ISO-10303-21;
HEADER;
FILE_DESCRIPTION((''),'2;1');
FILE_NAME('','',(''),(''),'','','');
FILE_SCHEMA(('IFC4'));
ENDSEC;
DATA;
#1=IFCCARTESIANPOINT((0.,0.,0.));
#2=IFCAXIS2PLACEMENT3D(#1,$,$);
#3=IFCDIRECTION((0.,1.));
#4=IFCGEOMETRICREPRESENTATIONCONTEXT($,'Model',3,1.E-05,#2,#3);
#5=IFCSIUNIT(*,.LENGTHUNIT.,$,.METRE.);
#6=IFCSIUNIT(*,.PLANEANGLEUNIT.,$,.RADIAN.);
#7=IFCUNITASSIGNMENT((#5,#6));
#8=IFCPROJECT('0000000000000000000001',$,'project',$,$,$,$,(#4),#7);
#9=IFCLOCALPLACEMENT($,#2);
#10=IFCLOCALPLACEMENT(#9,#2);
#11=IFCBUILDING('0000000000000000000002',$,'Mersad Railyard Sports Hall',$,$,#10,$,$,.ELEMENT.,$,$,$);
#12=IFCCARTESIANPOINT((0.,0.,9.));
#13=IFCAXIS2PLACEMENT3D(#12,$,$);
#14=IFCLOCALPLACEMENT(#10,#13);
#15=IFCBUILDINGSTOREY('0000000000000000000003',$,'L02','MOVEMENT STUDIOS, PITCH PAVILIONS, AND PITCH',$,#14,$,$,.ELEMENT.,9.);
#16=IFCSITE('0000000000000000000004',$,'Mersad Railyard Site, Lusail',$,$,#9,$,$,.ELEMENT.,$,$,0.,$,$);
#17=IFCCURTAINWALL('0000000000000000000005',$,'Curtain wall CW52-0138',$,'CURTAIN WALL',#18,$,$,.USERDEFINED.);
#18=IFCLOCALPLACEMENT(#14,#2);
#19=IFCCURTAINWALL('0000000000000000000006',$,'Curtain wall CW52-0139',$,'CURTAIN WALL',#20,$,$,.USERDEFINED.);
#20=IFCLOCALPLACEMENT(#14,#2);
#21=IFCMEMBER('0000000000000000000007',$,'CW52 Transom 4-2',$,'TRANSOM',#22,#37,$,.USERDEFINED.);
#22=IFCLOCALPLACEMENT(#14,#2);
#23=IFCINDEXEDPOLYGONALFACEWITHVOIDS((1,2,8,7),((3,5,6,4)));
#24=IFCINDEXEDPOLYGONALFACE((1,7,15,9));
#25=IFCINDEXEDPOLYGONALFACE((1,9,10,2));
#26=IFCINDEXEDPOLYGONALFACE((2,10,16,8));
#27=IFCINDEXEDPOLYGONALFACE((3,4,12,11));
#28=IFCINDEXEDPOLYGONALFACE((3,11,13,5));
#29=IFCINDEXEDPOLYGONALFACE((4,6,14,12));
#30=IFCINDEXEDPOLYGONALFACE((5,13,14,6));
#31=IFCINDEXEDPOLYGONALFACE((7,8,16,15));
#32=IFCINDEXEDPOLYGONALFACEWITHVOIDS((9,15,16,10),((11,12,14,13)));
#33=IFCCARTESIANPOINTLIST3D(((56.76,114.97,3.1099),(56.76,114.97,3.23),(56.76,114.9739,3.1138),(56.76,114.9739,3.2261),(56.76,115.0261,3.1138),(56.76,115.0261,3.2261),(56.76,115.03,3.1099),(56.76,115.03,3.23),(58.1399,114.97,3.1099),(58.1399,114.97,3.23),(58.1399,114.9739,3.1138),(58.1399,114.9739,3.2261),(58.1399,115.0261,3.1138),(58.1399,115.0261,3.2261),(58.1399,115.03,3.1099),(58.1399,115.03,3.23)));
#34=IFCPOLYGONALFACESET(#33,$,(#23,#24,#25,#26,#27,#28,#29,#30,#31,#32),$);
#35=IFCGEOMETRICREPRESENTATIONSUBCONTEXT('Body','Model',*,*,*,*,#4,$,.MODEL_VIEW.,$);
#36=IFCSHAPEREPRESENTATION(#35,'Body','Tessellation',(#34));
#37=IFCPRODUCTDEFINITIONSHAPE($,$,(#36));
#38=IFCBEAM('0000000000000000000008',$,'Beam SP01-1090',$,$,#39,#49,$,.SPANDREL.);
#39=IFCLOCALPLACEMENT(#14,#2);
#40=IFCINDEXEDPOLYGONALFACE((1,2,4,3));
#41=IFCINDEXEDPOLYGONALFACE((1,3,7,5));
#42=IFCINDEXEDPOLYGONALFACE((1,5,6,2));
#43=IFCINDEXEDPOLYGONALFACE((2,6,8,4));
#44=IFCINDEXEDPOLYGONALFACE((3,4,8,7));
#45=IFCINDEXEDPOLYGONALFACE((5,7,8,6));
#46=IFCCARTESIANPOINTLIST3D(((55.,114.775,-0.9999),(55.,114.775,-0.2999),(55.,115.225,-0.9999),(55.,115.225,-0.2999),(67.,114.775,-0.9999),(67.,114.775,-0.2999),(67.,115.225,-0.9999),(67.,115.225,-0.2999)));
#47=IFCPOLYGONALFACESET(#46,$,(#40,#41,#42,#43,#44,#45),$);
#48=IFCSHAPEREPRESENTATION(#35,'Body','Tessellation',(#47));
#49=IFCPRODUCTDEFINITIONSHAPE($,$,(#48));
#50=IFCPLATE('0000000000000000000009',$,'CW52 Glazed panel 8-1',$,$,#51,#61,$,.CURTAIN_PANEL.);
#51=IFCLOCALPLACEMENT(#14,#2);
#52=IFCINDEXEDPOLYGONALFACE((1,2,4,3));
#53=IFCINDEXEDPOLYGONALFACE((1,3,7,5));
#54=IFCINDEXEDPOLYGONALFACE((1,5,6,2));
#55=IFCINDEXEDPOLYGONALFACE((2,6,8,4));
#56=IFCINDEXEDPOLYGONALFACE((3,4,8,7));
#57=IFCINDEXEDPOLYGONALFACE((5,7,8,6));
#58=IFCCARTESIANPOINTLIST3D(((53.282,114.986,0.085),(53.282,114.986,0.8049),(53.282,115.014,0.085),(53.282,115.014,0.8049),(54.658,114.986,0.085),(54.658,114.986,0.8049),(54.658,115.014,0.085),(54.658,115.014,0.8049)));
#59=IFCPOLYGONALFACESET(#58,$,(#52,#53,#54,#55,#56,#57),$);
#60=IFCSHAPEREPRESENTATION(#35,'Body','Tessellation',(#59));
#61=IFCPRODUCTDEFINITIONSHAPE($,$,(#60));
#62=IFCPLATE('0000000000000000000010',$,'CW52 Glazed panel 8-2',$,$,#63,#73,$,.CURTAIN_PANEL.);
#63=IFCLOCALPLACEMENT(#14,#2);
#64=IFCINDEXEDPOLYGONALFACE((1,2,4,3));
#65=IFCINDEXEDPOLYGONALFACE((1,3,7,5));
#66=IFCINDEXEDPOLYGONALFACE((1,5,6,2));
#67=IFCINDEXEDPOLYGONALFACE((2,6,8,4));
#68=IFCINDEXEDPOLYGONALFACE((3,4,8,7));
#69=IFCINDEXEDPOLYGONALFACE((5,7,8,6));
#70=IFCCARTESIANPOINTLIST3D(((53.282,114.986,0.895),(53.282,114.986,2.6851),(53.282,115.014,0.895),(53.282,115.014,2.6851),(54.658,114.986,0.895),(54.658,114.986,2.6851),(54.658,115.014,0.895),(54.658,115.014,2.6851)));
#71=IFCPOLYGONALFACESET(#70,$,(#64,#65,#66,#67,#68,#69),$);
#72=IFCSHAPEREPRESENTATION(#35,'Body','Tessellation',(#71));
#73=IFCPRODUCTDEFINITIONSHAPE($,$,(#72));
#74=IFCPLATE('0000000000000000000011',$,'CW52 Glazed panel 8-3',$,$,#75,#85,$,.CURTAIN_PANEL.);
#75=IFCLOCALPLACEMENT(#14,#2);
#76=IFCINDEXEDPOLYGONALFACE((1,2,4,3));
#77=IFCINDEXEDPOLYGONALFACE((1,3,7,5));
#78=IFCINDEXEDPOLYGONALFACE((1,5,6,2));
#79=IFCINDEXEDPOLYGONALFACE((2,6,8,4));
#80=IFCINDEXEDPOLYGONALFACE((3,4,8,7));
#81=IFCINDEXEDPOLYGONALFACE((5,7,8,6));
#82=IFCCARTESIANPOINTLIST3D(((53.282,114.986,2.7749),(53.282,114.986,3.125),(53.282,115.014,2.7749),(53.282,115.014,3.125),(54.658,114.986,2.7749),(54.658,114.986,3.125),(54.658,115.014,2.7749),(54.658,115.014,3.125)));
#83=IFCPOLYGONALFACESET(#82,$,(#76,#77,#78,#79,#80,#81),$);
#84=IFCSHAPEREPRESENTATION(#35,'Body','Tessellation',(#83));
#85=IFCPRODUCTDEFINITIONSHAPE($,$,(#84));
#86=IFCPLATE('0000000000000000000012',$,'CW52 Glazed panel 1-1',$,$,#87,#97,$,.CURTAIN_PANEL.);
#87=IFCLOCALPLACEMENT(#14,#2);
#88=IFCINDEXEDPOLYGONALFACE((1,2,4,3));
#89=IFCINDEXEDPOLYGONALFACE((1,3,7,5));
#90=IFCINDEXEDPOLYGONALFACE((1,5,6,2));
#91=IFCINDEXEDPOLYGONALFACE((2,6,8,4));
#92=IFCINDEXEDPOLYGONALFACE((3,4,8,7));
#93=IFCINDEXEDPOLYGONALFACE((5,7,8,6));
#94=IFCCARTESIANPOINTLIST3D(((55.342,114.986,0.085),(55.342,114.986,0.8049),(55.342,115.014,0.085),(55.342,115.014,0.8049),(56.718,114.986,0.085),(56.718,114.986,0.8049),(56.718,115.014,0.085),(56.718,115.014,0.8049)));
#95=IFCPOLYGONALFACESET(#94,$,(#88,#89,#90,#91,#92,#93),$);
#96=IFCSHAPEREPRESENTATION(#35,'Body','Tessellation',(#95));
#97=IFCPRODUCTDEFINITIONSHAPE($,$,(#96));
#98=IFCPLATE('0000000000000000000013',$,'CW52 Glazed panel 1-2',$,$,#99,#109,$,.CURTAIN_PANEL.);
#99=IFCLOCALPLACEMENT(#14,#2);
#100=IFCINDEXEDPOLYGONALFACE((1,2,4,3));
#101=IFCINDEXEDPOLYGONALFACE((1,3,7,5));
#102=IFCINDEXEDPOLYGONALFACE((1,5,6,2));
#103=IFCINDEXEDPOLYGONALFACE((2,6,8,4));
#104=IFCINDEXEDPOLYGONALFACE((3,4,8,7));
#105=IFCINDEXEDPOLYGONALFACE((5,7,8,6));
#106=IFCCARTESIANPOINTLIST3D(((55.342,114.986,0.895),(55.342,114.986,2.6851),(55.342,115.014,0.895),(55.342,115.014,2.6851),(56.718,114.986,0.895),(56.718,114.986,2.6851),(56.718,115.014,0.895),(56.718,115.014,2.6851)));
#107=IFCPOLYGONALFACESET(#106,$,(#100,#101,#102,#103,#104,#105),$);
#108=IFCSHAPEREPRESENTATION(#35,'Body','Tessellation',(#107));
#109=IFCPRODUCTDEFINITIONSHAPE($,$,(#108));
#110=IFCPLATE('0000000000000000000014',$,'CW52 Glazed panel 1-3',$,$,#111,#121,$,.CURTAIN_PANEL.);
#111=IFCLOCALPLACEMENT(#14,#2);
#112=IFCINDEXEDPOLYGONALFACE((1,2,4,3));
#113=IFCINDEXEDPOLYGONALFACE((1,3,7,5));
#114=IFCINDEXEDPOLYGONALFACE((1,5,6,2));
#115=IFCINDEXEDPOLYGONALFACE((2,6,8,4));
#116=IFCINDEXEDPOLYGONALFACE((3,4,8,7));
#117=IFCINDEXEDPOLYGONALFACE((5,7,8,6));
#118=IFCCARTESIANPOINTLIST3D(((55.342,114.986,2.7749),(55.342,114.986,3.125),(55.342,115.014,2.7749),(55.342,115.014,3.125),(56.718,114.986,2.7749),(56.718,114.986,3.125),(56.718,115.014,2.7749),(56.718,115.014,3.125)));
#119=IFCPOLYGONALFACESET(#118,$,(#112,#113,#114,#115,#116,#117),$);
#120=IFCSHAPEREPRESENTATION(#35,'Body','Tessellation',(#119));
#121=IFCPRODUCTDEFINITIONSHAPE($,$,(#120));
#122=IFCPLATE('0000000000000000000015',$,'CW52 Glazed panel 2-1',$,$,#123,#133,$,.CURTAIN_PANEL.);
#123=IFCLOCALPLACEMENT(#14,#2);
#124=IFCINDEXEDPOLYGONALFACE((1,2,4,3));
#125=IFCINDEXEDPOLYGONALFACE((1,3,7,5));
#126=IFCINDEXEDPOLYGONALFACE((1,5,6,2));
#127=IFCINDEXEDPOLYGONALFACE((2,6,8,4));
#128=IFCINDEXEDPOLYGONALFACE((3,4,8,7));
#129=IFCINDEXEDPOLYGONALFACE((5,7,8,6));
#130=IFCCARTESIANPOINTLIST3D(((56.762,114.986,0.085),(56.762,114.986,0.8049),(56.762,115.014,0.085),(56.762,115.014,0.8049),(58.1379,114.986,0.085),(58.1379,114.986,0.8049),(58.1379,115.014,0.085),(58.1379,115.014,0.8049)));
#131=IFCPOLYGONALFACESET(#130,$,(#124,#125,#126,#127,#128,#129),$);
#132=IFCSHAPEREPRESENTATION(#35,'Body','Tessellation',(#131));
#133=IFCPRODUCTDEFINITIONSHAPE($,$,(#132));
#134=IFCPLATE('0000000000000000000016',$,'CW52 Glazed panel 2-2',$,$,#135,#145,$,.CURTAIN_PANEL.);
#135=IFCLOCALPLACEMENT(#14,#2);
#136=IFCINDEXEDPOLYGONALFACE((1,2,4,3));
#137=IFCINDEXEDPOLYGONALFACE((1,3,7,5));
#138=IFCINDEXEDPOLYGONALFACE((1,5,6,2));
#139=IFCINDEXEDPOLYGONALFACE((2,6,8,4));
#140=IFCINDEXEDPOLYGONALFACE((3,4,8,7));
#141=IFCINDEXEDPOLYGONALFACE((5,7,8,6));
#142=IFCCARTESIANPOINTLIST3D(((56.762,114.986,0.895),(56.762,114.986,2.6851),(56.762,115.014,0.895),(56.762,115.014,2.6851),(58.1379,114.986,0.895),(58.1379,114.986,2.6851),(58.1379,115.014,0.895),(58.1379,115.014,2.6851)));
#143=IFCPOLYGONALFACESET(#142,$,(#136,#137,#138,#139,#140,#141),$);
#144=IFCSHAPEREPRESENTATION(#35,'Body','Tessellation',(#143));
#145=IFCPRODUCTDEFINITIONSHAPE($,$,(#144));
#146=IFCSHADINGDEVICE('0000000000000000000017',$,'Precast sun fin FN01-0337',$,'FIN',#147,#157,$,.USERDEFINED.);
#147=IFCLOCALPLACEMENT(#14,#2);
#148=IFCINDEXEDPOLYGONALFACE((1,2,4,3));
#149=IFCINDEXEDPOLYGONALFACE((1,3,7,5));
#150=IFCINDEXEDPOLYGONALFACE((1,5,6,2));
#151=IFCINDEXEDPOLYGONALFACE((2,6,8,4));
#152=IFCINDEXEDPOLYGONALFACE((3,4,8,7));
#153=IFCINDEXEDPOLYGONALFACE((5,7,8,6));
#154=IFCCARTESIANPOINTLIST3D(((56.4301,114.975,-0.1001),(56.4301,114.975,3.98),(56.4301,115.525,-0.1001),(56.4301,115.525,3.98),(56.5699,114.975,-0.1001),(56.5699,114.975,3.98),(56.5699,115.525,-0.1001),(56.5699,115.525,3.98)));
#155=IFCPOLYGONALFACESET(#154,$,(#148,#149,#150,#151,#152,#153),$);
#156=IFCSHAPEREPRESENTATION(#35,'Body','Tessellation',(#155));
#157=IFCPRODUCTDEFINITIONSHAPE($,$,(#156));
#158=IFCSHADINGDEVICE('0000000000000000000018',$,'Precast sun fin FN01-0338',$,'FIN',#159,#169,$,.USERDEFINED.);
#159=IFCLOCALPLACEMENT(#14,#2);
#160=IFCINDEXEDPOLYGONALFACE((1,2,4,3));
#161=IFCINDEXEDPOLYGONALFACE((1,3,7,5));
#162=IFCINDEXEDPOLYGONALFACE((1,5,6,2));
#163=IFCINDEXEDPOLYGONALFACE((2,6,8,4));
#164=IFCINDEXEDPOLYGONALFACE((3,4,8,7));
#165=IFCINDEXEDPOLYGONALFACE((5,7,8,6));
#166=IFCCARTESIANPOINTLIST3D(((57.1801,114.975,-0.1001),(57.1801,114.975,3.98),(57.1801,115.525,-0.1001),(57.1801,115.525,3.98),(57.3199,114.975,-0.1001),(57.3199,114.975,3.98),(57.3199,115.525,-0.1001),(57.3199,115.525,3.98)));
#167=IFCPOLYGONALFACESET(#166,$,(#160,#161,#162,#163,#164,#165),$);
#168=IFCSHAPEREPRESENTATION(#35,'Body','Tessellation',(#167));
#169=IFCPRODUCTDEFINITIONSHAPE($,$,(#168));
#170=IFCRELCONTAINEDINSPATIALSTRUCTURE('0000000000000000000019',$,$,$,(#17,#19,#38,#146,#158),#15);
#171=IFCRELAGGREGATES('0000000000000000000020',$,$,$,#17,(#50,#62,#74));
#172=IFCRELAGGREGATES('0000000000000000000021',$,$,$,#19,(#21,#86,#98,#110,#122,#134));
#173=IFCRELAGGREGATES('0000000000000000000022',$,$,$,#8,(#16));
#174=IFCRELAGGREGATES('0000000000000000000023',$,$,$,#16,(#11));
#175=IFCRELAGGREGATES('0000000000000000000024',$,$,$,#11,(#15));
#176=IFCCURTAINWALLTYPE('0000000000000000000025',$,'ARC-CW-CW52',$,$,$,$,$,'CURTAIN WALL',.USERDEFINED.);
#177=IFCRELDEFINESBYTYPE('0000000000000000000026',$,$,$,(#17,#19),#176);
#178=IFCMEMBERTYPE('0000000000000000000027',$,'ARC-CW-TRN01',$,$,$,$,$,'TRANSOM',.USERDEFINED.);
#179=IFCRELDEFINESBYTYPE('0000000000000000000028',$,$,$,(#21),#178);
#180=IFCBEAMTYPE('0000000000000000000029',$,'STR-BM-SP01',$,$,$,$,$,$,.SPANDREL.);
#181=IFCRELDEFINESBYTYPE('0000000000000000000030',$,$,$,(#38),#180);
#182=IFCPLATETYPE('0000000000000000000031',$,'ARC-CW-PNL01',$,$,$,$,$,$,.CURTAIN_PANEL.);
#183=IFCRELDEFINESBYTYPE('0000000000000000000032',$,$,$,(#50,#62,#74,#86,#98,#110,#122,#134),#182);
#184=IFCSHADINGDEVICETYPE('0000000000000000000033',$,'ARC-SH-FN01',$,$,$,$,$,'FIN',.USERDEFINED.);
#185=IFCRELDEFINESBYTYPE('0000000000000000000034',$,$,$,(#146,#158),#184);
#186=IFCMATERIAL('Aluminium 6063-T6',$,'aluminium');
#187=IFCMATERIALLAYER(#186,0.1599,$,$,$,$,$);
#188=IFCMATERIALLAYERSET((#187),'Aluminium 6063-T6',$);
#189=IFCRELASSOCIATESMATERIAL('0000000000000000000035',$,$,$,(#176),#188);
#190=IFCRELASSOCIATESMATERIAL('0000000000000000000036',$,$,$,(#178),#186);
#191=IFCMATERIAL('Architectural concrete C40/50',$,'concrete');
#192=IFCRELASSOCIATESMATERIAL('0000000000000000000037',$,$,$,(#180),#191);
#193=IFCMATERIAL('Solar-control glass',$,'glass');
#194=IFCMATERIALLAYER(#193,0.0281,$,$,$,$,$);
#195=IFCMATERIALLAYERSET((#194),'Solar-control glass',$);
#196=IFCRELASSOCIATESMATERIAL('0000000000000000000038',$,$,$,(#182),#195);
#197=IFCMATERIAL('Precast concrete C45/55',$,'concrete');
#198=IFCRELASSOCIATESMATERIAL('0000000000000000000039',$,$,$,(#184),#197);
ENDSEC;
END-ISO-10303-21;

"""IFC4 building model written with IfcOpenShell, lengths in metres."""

from ifc_helpers import new_model, si_unit, direction, frame, origin, origin_2d, place, context, subcontext, project, spatial, rectangle, hollow_rectangle, extrude, material, layer, layer_set, material_profile, profile_set, type_object, element, aggregate, save


model = new_model("IFC4")

# Units and contexts
model_context = context("Model", 3, precision=1e-05, world=origin(), true_north=direction((0.0, 1.0)))
body_context = subcontext(model_context, "Body", "Model", "MODEL_VIEW")
ifc_project = project(units=[si_unit("LENGTHUNIT", "METRE"), si_unit("PLANEANGLEUNIT", "RADIAN")], contexts=[model_context])

# Site, building, storey
site_placement = place(None, origin())
site = spatial("IfcSite", under=ifc_project, at=site_placement, Name="Mersad Railyard Site, Lusail", CompositionType="ELEMENT", RefElevation=0.0)
building_placement = place(site_placement, origin())
building = spatial("IfcBuilding", under=site, at=building_placement, Name="Mersad Railyard Sports Hall", CompositionType="ELEMENT")
storey_placement = place(building_placement, frame((0.0, 0.0, 9.0)))
storey = spatial("IfcBuildingStorey", under=building, at=storey_placement, Name="L02", Description="MOVEMENT STUDIOS, PITCH PAVILIONS, AND PITCH", CompositionType="ELEMENT", Elevation=9.0)

# Curtain wall
ifc_material_1 = material(Name="Aluminium 6063-T6", Category="aluminium")
ifc_layer_1 = layer(ifc_material_1, 0.1599)
ifc_layer_set_1 = layer_set([ifc_layer_1], Name="Aluminium 6063-T6")
curtain_wall_type = type_object("IfcCurtainWallType", Name="ARC-CW-CW52", ElementType="CURTAIN WALL", PredefinedType="USERDEFINED", material=ifc_layer_set_1)
curtain_wall_1_placement = place(storey_placement, origin())
curtain_wall_1 = element("IfcCurtainWall", 1, at=curtain_wall_1_placement, inside=storey, type_object=curtain_wall_type, Name="Curtain wall CW52-0138", ObjectType="CURTAIN WALL", PredefinedType="USERDEFINED")

# Curtain wall, member
curtain_wall_2_placement = place(storey_placement, origin())
curtain_wall_2 = element("IfcCurtainWall", 2, at=curtain_wall_2_placement, inside=storey, type_object=curtain_wall_type, Name="Curtain wall CW52-0139", ObjectType="CURTAIN WALL", PredefinedType="USERDEFINED")
ifc_material_profile_1 = material_profile(ifc_material_1, hollow_rectangle(XDim=0.0601, YDim=0.1201, WallThickness=0.0039, at=origin_2d()), Name="AL TRANSOM 60x120x4")
ifc_profile_set_1 = profile_set([ifc_material_profile_1], Name="Aluminium 6063-T6")
member_type_1 = type_object("IfcMemberType", Name="ARC-CW-TRN01", ElementType="TRANSOM", PredefinedType="USERDEFINED", material=ifc_profile_set_1)
member_1_placement = place(storey_placement, frame((56.76, 115.0, 3.1699), z_axis=(1.0, 0.0, 0.0), x_axis=(0.0, 1.0, 0.0)))
member_1 = element("IfcMember", 3, at=member_1_placement, type_object=member_type_1, Name="CW52 Transom 4-2", ObjectType="TRANSOM", PredefinedType="USERDEFINED", context=body_context, shape_type="SweptSolid", body=[
    extrude(hollow_rectangle(XDim=0.0601, YDim=0.1201, WallThickness=0.0039, at=origin_2d()), origin(), (0.0, 0.0, 1.0), 1.3799),
])

# Beam
ifc_material_2 = material(Name="Architectural concrete C40/50", Category="concrete")
ifc_material_profile_2 = material_profile(ifc_material_2, rectangle(XDim=0.45, YDim=0.7, at=origin_2d()), Name="RC 450x700")
ifc_profile_set_2 = profile_set([ifc_material_profile_2], Name="Architectural concrete C40/50")
beam_type = type_object("IfcBeamType", Name="STR-BM-SP01", PredefinedType="SPANDREL", material=ifc_profile_set_2)
beam_placement = place(storey_placement, frame((55.0, 115.0, -0.6499), z_axis=(1.0, 0.0, 0.0), x_axis=(0.0, 1.0, 0.0)))
element("IfcBeam", 4, at=beam_placement, inside=storey, type_object=beam_type, Name="Beam SP01-1090", PredefinedType="SPANDREL", context=body_context, shape_type="SweptSolid", body=[
    extrude(rectangle(XDim=0.45, YDim=0.7, at=origin_2d()), origin(), (0.0, 0.0, 1.0), 12.0),
])

# Plates
ifc_material_3 = material(Name="Solar-control glass", Category="glass")
ifc_layer_2 = layer(ifc_material_3, 0.0281)
ifc_layer_set_2 = layer_set([ifc_layer_2], Name="Solar-control glass")
plate_type = type_object("IfcPlateType", Name="ARC-CW-PNL01", PredefinedType="CURTAIN_PANEL", material=ifc_layer_set_2)
plate_1_placement = place(storey_placement, frame((53.97, 115.0, 0.085), z_axis=(0.0, 0.0, 1.0), x_axis=(1.0, 0.0, 0.0)))
plate_1 = element("IfcPlate", 5, at=plate_1_placement, type_object=plate_type, Name="CW52 Glazed panel 8-1", PredefinedType="CURTAIN_PANEL", context=body_context, shape_type="SweptSolid", body=[
    extrude(rectangle(XDim=1.376, YDim=0.0281, at=origin_2d()), origin(), (0.0, 0.0, 1.0), 0.72),
])
plate_2_placement = place(storey_placement, frame((53.97, 115.0, 0.895), z_axis=(0.0, 0.0, 1.0), x_axis=(1.0, 0.0, 0.0)))
plate_2 = element("IfcPlate", 6, at=plate_2_placement, type_object=plate_type, Name="CW52 Glazed panel 8-2", PredefinedType="CURTAIN_PANEL", context=body_context, shape_type="SweptSolid", body=[
    extrude(rectangle(XDim=1.376, YDim=0.0281, at=origin_2d()), origin(), (0.0, 0.0, 1.0), 1.79),
])
plate_3_placement = place(storey_placement, frame((53.97, 115.0, 2.7749), z_axis=(0.0, 0.0, 1.0), x_axis=(1.0, 0.0, 0.0)))
plate_3 = element("IfcPlate", 7, at=plate_3_placement, type_object=plate_type, Name="CW52 Glazed panel 8-3", PredefinedType="CURTAIN_PANEL", context=body_context, shape_type="SweptSolid", body=[
    extrude(rectangle(XDim=1.376, YDim=0.0281, at=origin_2d()), origin(), (0.0, 0.0, 1.0), 0.3501),
])
aggregate(curtain_wall_1, [plate_1, plate_2, plate_3])
plate_4_placement = place(storey_placement, frame((56.03, 115.0, 0.085), z_axis=(0.0, 0.0, 1.0), x_axis=(1.0, 0.0, 0.0)))
plate_4 = element("IfcPlate", 8, at=plate_4_placement, type_object=plate_type, Name="CW52 Glazed panel 1-1", PredefinedType="CURTAIN_PANEL", context=body_context, shape_type="SweptSolid", body=[
    extrude(rectangle(XDim=1.376, YDim=0.0281, at=origin_2d()), origin(), (0.0, 0.0, 1.0), 0.72),
])
plate_5_placement = place(storey_placement, frame((56.03, 115.0, 0.895), z_axis=(0.0, 0.0, 1.0), x_axis=(1.0, 0.0, 0.0)))
plate_5 = element("IfcPlate", 9, at=plate_5_placement, type_object=plate_type, Name="CW52 Glazed panel 1-2", PredefinedType="CURTAIN_PANEL", context=body_context, shape_type="SweptSolid", body=[
    extrude(rectangle(XDim=1.376, YDim=0.0281, at=origin_2d()), origin(), (0.0, 0.0, 1.0), 1.79),
])
plate_6_placement = place(storey_placement, frame((56.03, 115.0, 2.7749), z_axis=(0.0, 0.0, 1.0), x_axis=(1.0, 0.0, 0.0)))
plate_6 = element("IfcPlate", 10, at=plate_6_placement, type_object=plate_type, Name="CW52 Glazed panel 1-3", PredefinedType="CURTAIN_PANEL", context=body_context, shape_type="SweptSolid", body=[
    extrude(rectangle(XDim=1.376, YDim=0.0281, at=origin_2d()), origin(), (0.0, 0.0, 1.0), 0.3501),
])
plate_7_placement = place(storey_placement, frame((57.45, 115.0, 0.085), z_axis=(0.0, 0.0, 1.0), x_axis=(1.0, 0.0, 0.0)))
plate_7 = element("IfcPlate", 11, at=plate_7_placement, type_object=plate_type, Name="CW52 Glazed panel 2-1", PredefinedType="CURTAIN_PANEL", context=body_context, shape_type="SweptSolid", body=[
    extrude(rectangle(XDim=1.376, YDim=0.0281, at=origin_2d()), origin(), (0.0, 0.0, 1.0), 0.72),
])
plate_8_placement = place(storey_placement, frame((57.45, 115.0, 0.895), z_axis=(0.0, 0.0, 1.0), x_axis=(1.0, 0.0, 0.0)))
plate_8 = element("IfcPlate", 12, at=plate_8_placement, type_object=plate_type, Name="CW52 Glazed panel 2-2", PredefinedType="CURTAIN_PANEL", context=body_context, shape_type="SweptSolid", body=[
    extrude(rectangle(XDim=1.376, YDim=0.0281, at=origin_2d()), origin(), (0.0, 0.0, 1.0), 1.79),
])
aggregate(curtain_wall_2, [member_1, plate_4, plate_5, plate_6, plate_7, plate_8])

# Shading devices
ifc_material_4 = material(Name="Precast concrete C45/55", Category="concrete")
shading_device_type = type_object("IfcShadingDeviceType", Name="ARC-SH-FN01", ElementType="FIN", PredefinedType="USERDEFINED", material=ifc_material_4)
for number, where, z_axis, x_axis, name in (
    (13, (56.5, 115.25, -0.1001), (0.0, 0.0, 1.0), (1.0, 0.0, 0.0), "Precast sun fin FN01-0337"),
    (14, (57.25, 115.25, -0.1001), (0.0, 0.0, 1.0), (1.0, 0.0, 0.0), "Precast sun fin FN01-0338"),
):
    element("IfcShadingDevice", number, at=place(storey_placement, frame(where, z_axis=z_axis, x_axis=x_axis)), inside=storey, type_object=shading_device_type, Name=name, ObjectType="FIN", PredefinedType="USERDEFINED", context=body_context, shape_type="SweptSolid", body=[
        extrude(rectangle(XDim=0.1399, YDim=0.55, at=origin_2d()), origin(), (0.0, 0.0, 1.0), 4.0801),
    ])

save(model, "model.ifc")
